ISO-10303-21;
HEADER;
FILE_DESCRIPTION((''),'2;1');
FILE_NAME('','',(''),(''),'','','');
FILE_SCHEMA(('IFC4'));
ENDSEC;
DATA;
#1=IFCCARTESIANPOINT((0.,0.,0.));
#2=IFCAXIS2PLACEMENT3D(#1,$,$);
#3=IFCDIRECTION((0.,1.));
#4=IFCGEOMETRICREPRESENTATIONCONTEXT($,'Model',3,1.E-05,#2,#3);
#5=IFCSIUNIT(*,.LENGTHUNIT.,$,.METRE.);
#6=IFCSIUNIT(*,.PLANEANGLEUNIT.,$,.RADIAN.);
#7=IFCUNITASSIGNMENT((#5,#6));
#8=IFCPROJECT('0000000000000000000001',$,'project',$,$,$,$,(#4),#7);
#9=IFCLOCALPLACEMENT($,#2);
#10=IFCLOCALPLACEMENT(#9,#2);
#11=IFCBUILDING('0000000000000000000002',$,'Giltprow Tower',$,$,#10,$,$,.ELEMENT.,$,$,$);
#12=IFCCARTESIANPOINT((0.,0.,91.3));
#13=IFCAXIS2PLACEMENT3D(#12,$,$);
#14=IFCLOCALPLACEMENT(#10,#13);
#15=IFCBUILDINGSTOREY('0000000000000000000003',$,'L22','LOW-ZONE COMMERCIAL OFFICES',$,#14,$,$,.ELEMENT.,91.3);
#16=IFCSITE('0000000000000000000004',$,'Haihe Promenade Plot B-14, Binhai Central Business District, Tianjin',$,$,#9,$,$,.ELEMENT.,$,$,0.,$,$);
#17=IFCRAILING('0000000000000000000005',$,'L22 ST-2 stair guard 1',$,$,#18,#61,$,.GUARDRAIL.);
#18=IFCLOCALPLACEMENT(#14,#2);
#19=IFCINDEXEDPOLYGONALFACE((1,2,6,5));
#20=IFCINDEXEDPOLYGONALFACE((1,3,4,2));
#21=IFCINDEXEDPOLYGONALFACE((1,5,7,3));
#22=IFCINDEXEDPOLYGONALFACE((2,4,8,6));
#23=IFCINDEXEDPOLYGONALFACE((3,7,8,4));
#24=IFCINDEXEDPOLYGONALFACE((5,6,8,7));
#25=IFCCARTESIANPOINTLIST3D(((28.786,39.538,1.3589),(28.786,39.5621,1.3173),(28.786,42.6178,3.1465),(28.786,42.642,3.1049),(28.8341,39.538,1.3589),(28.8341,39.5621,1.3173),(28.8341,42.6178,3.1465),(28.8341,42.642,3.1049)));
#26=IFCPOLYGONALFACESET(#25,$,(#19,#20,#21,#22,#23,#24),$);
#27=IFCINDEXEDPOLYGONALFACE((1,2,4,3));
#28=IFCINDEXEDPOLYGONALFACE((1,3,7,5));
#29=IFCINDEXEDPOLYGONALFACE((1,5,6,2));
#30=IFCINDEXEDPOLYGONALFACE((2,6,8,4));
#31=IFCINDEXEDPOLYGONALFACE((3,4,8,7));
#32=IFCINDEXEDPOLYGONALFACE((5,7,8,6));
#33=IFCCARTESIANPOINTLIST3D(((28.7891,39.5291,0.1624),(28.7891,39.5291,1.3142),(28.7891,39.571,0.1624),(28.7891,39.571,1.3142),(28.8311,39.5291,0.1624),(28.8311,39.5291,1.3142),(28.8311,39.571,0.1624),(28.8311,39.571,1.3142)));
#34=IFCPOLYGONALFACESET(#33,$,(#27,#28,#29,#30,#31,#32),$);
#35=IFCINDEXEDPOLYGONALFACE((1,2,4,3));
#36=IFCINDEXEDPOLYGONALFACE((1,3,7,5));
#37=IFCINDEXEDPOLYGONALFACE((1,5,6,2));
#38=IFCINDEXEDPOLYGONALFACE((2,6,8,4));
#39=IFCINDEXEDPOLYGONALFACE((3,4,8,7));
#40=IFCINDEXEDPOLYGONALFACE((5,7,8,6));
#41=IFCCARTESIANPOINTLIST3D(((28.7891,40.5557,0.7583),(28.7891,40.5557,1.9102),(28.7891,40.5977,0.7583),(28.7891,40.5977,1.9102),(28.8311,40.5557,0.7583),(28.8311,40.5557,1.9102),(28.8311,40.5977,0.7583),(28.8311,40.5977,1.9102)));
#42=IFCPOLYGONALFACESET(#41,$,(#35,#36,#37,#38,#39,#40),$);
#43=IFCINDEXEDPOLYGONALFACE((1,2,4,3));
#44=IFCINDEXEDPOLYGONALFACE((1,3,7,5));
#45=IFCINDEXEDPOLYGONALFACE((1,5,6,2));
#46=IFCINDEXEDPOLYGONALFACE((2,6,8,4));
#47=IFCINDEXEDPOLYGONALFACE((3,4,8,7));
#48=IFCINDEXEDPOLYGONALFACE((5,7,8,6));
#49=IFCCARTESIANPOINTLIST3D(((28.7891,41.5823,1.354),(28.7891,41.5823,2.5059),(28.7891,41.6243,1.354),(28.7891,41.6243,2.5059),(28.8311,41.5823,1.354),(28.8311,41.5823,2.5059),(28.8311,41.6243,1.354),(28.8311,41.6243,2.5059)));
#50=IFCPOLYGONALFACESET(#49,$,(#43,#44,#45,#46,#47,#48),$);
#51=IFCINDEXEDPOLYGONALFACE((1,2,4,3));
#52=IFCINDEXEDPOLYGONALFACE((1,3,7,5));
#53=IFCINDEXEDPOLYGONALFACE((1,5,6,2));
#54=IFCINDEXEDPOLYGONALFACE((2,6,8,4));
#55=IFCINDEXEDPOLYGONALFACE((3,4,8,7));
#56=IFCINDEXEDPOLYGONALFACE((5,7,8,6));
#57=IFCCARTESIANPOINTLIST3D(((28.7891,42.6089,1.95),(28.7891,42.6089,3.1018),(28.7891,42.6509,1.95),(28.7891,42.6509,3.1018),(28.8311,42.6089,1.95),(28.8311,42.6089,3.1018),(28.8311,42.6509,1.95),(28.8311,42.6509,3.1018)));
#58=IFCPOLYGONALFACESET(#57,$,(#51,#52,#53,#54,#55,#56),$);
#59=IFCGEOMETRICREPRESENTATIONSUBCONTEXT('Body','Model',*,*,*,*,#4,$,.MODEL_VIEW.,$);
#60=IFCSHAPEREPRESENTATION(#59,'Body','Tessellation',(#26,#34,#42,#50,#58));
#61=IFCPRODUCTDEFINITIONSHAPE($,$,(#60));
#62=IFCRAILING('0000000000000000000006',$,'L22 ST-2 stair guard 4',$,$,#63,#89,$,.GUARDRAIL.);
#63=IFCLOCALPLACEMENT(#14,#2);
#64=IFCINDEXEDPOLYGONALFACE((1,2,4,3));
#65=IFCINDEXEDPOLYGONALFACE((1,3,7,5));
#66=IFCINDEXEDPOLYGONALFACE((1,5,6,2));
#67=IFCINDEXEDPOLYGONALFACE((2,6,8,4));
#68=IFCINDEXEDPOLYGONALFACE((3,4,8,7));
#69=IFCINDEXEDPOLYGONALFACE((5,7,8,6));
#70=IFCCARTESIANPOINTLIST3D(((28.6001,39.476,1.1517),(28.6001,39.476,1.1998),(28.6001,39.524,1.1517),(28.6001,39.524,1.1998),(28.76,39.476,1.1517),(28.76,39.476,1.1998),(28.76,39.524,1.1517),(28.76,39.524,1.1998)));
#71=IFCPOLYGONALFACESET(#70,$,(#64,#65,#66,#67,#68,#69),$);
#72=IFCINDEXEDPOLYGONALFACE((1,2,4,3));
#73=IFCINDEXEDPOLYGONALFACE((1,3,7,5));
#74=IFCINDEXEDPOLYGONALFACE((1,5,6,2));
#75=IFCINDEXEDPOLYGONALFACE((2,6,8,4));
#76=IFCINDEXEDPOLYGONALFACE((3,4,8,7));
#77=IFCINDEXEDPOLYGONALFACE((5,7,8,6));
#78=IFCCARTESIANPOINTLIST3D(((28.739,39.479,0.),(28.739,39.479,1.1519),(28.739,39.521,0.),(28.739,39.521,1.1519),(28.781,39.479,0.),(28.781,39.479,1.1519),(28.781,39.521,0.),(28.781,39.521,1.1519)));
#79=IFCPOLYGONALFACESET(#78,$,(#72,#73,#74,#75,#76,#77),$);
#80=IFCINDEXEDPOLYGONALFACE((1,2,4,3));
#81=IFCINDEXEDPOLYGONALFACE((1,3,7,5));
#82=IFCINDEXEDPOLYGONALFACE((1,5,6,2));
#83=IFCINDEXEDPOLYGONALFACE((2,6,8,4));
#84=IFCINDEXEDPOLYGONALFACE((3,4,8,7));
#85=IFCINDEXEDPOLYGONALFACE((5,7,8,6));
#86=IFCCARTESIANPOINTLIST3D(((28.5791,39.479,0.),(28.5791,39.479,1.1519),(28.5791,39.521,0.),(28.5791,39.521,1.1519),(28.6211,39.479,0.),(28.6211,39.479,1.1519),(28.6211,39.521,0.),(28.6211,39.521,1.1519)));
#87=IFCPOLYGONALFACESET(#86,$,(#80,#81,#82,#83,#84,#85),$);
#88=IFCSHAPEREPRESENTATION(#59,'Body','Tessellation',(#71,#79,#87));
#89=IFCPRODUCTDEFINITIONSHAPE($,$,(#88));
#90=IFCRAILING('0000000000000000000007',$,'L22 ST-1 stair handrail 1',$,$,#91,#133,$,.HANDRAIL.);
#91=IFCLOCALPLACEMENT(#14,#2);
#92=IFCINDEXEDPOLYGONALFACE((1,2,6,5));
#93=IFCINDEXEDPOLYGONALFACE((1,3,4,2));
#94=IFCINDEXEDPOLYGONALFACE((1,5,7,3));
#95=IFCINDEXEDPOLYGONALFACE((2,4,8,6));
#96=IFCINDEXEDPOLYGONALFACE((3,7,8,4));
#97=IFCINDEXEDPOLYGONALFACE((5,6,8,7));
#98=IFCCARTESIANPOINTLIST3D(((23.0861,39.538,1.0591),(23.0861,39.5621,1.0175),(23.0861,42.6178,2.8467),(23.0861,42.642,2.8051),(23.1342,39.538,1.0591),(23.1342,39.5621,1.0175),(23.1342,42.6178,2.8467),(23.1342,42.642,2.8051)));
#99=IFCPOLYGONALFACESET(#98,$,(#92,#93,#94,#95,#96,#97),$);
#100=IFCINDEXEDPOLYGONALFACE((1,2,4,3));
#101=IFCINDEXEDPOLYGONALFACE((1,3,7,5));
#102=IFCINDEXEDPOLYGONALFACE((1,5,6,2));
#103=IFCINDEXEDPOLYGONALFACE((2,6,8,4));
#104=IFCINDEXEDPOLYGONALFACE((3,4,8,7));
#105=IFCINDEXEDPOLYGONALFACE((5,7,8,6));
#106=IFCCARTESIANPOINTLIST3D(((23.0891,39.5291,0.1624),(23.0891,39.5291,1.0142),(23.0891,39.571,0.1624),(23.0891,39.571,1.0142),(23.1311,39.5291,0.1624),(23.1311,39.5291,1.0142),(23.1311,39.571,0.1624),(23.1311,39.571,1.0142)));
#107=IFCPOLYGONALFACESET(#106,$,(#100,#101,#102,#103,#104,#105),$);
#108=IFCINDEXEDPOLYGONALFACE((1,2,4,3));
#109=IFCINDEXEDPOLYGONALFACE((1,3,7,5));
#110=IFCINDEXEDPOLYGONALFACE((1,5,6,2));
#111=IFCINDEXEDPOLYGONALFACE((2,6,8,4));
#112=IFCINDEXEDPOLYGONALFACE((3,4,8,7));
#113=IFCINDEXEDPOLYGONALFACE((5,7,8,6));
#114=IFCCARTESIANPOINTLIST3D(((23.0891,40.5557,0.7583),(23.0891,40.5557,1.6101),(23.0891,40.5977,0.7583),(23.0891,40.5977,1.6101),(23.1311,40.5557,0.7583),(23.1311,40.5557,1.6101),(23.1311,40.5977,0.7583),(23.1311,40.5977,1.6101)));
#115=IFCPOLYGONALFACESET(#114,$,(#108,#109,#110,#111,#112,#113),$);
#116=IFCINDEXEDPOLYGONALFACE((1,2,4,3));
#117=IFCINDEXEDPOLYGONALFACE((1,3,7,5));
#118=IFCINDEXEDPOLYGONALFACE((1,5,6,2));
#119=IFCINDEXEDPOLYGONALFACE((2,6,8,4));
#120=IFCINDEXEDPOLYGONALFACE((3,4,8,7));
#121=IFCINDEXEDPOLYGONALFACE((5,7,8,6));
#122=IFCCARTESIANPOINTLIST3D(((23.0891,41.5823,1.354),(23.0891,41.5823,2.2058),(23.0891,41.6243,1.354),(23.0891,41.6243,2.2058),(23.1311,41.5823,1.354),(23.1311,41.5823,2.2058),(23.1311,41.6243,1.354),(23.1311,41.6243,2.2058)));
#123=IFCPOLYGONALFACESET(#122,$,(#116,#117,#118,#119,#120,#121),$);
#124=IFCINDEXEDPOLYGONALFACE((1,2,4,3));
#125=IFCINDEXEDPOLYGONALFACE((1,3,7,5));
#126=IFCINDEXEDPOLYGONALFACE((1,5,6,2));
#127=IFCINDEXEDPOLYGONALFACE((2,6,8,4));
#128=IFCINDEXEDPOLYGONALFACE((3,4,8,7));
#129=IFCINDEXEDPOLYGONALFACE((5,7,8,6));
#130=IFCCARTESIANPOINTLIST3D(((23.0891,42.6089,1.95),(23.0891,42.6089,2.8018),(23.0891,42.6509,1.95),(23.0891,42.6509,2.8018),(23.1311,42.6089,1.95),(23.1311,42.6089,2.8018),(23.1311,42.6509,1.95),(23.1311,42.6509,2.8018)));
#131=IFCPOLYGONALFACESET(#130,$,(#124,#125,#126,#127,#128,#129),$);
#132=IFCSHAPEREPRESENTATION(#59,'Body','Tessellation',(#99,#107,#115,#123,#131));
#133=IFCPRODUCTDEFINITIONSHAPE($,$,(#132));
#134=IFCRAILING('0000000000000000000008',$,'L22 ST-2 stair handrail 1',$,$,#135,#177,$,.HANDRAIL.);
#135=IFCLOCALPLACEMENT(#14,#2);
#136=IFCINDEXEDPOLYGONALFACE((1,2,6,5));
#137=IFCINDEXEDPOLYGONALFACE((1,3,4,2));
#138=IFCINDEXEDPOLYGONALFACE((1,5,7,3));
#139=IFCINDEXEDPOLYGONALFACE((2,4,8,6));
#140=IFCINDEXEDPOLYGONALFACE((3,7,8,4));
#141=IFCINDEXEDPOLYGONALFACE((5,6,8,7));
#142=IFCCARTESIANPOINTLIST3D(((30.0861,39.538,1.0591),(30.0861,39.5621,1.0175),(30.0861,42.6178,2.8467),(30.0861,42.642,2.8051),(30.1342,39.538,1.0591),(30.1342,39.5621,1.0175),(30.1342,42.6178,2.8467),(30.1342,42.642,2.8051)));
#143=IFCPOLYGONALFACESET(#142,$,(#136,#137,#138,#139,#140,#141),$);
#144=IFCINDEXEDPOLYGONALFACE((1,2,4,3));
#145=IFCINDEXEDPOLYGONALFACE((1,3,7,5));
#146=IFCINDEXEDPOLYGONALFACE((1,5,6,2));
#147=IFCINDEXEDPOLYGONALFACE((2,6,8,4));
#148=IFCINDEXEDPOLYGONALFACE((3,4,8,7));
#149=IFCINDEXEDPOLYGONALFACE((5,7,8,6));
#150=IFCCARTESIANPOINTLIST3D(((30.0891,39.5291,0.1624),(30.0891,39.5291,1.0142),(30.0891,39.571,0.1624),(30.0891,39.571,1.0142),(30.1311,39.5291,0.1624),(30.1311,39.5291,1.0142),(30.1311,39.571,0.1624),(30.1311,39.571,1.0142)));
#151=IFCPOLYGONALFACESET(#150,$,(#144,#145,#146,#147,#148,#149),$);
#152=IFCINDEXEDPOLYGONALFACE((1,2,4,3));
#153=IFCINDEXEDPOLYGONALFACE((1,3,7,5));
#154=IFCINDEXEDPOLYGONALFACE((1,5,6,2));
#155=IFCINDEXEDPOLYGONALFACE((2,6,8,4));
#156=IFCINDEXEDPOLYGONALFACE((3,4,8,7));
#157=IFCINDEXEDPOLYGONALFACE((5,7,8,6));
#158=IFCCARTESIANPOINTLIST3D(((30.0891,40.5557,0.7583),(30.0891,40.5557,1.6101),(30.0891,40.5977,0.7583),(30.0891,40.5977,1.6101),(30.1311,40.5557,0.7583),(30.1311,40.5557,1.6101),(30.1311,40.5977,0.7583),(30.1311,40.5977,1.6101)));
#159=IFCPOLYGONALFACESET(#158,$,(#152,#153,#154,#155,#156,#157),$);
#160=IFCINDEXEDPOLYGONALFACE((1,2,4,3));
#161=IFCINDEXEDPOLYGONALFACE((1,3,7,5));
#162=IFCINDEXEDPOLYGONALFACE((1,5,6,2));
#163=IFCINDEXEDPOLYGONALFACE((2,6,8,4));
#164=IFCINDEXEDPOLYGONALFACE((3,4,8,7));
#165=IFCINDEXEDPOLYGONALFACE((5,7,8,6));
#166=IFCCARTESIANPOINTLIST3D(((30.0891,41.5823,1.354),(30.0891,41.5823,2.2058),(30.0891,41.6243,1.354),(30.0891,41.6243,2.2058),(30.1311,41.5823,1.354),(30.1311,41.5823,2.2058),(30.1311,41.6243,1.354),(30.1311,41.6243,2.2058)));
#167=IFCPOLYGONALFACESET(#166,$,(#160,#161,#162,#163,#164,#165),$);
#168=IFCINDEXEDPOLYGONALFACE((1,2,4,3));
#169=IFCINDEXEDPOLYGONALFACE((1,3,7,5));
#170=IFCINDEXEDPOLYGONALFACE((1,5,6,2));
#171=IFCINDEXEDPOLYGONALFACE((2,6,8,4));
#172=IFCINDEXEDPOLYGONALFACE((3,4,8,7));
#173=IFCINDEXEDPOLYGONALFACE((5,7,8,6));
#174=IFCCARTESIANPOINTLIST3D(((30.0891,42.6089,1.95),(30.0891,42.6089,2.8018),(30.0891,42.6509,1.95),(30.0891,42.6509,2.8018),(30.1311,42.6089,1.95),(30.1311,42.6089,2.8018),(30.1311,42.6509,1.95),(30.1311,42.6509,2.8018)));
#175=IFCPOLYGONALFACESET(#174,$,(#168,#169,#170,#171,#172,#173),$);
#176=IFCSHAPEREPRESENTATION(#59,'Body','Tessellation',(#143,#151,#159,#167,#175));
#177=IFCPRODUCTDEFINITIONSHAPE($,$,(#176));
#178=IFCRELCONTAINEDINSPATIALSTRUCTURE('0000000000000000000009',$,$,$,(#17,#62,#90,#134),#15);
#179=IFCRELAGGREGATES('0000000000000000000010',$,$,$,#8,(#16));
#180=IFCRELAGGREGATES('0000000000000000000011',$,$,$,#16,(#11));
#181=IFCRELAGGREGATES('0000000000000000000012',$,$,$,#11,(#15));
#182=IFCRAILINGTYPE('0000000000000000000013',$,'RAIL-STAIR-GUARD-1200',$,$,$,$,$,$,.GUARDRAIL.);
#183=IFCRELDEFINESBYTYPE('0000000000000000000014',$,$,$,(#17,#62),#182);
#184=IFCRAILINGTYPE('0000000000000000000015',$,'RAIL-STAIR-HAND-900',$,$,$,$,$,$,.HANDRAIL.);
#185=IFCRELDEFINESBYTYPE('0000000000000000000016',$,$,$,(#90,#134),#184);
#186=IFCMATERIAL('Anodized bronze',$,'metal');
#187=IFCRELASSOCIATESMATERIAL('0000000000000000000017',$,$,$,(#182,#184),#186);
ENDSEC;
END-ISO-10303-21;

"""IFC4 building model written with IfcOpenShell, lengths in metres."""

from ifc_helpers import new_model, si_unit, direction, frame, origin, origin_2d, place, context, subcontext, project, spatial, rectangle, extrude, material, type_object, element, save


model = new_model("IFC4")

# Units and contexts
model_context = context("Model", 3, precision=1e-05, world=origin(), true_north=direction((0.0, 1.0)))
body_context = subcontext(model_context, "Body", "Model", "MODEL_VIEW")
ifc_project = project(units=[si_unit("LENGTHUNIT", "METRE"), si_unit("PLANEANGLEUNIT", "RADIAN")], contexts=[model_context])

# Site, building, storey
site_placement = place(None, origin())
site = spatial("IfcSite", under=ifc_project, at=site_placement, Name="Haihe Promenade Plot B-14, Binhai Central Business District, Tianjin", CompositionType="ELEMENT", RefElevation=0.0)
building_placement = place(site_placement, origin())
building = spatial("IfcBuilding", under=site, at=building_placement, Name="Giltprow Tower", CompositionType="ELEMENT")
storey_placement = place(building_placement, frame((0.0, 0.0, 91.3)))
storey = spatial("IfcBuildingStorey", under=building, at=storey_placement, Name="L22", Description="LOW-ZONE COMMERCIAL OFFICES", CompositionType="ELEMENT", Elevation=91.3)

# Railings
ifc_material_1 = material(Name="Anodized bronze", Category="metal")
railing_type_1 = type_object("IfcRailingType", Name="RAIL-STAIR-GUARD-1200", PredefinedType="GUARDRAIL", material=ifc_material_1)
railing_1_placement = place(storey_placement, frame((28.8101, 39.55, 0.1624)))
element("IfcRailing", 1, at=railing_1_placement, inside=storey, type_object=railing_type_1, Name="L22 ST-2 stair guard 1", PredefinedType="GUARDRAIL", context=body_context, shape_type="SweptSolid", body=[
    extrude(rectangle(XDim=0.0481, YDim=0.0481, at=origin_2d()), frame((0.0, 0.0, 1.1758), z_axis=(0.0, 0.864873, 0.50199), x_axis=(-1.0, 0.0, 0.0)), (0.0, 0.0, 1.0), 3.561),
    extrude(rectangle(XDim=0.042, YDim=0.042, at=origin_2d()), origin(), (0.0, 0.0, 1.0), 1.1519),
    extrude(rectangle(XDim=0.042, YDim=0.042, at=origin_2d()), frame((0.0, 1.0266, 0.5959)), (0.0, 0.0, 1.0), 1.1519),
    extrude(rectangle(XDim=0.042, YDim=0.042, at=origin_2d()), frame((0.0, 2.0532, 1.1917)), (0.0, 0.0, 1.0), 1.1519),
    extrude(rectangle(XDim=0.042, YDim=0.042, at=origin_2d()), frame((0.0, 3.0798, 1.7876)), (0.0, 0.0, 1.0), 1.1519),
])
railing_2_placement = place(storey_placement, frame((28.76, 39.5, 0.0)))
element("IfcRailing", 2, at=railing_2_placement, inside=storey, type_object=railing_type_1, Name="L22 ST-2 stair guard 4", PredefinedType="GUARDRAIL", context=body_context, shape_type="SweptSolid", body=[
    extrude(rectangle(XDim=0.0481, YDim=0.0481, at=origin_2d()), frame((0.0, 0.0, 1.1758), z_axis=(-1.0, 0.0, 0.0), x_axis=(0.0, -1.0, 0.0)), (0.0, 0.0, 1.0), 0.1599),
    extrude(rectangle(XDim=0.042, YDim=0.042, at=origin_2d()), origin(), (0.0, 0.0, 1.0), 1.1519),
    extrude(rectangle(XDim=0.042, YDim=0.042, at=origin_2d()), frame((-0.1599, 0.0, 0.0)), (0.0, 0.0, 1.0), 1.1519),
])
railing_type_2 = type_object("IfcRailingType", Name="RAIL-STAIR-HAND-900", PredefinedType="HANDRAIL", material=ifc_material_1)
for number, where, name in (
    (3, (23.1101, 39.55, 0.1624), "L22 ST-1 stair handrail 1"),
    (4, (30.1101, 39.55, 0.1624), "L22 ST-2 stair handrail 1"),
):
    element("IfcRailing", number, at=place(storey_placement, frame(where)), inside=storey, type_object=railing_type_2, Name=name, PredefinedType="HANDRAIL", context=body_context, shape_type="SweptSolid", body=[
        extrude(rectangle(XDim=0.0481, YDim=0.0481, at=origin_2d()), frame((0.0, 0.0, 0.876), z_axis=(0.0, 0.864873, 0.50199), x_axis=(-1.0, 0.0, 0.0)), (0.0, 0.0, 1.0), 3.561),
        extrude(rectangle(XDim=0.042, YDim=0.042, at=origin_2d()), origin(), (0.0, 0.0, 1.0), 0.8518),
        extrude(rectangle(XDim=0.042, YDim=0.042, at=origin_2d()), frame((0.0, 1.0266, 0.5959)), (0.0, 0.0, 1.0), 0.8518),
        extrude(rectangle(XDim=0.042, YDim=0.042, at=origin_2d()), frame((0.0, 2.0532, 1.1917)), (0.0, 0.0, 1.0), 0.8518),
        extrude(rectangle(XDim=0.042, YDim=0.042, at=origin_2d()), frame((0.0, 3.0798, 1.7876)), (0.0, 0.0, 1.0), 0.8518),
    ])

save(model, "model.ifc")
